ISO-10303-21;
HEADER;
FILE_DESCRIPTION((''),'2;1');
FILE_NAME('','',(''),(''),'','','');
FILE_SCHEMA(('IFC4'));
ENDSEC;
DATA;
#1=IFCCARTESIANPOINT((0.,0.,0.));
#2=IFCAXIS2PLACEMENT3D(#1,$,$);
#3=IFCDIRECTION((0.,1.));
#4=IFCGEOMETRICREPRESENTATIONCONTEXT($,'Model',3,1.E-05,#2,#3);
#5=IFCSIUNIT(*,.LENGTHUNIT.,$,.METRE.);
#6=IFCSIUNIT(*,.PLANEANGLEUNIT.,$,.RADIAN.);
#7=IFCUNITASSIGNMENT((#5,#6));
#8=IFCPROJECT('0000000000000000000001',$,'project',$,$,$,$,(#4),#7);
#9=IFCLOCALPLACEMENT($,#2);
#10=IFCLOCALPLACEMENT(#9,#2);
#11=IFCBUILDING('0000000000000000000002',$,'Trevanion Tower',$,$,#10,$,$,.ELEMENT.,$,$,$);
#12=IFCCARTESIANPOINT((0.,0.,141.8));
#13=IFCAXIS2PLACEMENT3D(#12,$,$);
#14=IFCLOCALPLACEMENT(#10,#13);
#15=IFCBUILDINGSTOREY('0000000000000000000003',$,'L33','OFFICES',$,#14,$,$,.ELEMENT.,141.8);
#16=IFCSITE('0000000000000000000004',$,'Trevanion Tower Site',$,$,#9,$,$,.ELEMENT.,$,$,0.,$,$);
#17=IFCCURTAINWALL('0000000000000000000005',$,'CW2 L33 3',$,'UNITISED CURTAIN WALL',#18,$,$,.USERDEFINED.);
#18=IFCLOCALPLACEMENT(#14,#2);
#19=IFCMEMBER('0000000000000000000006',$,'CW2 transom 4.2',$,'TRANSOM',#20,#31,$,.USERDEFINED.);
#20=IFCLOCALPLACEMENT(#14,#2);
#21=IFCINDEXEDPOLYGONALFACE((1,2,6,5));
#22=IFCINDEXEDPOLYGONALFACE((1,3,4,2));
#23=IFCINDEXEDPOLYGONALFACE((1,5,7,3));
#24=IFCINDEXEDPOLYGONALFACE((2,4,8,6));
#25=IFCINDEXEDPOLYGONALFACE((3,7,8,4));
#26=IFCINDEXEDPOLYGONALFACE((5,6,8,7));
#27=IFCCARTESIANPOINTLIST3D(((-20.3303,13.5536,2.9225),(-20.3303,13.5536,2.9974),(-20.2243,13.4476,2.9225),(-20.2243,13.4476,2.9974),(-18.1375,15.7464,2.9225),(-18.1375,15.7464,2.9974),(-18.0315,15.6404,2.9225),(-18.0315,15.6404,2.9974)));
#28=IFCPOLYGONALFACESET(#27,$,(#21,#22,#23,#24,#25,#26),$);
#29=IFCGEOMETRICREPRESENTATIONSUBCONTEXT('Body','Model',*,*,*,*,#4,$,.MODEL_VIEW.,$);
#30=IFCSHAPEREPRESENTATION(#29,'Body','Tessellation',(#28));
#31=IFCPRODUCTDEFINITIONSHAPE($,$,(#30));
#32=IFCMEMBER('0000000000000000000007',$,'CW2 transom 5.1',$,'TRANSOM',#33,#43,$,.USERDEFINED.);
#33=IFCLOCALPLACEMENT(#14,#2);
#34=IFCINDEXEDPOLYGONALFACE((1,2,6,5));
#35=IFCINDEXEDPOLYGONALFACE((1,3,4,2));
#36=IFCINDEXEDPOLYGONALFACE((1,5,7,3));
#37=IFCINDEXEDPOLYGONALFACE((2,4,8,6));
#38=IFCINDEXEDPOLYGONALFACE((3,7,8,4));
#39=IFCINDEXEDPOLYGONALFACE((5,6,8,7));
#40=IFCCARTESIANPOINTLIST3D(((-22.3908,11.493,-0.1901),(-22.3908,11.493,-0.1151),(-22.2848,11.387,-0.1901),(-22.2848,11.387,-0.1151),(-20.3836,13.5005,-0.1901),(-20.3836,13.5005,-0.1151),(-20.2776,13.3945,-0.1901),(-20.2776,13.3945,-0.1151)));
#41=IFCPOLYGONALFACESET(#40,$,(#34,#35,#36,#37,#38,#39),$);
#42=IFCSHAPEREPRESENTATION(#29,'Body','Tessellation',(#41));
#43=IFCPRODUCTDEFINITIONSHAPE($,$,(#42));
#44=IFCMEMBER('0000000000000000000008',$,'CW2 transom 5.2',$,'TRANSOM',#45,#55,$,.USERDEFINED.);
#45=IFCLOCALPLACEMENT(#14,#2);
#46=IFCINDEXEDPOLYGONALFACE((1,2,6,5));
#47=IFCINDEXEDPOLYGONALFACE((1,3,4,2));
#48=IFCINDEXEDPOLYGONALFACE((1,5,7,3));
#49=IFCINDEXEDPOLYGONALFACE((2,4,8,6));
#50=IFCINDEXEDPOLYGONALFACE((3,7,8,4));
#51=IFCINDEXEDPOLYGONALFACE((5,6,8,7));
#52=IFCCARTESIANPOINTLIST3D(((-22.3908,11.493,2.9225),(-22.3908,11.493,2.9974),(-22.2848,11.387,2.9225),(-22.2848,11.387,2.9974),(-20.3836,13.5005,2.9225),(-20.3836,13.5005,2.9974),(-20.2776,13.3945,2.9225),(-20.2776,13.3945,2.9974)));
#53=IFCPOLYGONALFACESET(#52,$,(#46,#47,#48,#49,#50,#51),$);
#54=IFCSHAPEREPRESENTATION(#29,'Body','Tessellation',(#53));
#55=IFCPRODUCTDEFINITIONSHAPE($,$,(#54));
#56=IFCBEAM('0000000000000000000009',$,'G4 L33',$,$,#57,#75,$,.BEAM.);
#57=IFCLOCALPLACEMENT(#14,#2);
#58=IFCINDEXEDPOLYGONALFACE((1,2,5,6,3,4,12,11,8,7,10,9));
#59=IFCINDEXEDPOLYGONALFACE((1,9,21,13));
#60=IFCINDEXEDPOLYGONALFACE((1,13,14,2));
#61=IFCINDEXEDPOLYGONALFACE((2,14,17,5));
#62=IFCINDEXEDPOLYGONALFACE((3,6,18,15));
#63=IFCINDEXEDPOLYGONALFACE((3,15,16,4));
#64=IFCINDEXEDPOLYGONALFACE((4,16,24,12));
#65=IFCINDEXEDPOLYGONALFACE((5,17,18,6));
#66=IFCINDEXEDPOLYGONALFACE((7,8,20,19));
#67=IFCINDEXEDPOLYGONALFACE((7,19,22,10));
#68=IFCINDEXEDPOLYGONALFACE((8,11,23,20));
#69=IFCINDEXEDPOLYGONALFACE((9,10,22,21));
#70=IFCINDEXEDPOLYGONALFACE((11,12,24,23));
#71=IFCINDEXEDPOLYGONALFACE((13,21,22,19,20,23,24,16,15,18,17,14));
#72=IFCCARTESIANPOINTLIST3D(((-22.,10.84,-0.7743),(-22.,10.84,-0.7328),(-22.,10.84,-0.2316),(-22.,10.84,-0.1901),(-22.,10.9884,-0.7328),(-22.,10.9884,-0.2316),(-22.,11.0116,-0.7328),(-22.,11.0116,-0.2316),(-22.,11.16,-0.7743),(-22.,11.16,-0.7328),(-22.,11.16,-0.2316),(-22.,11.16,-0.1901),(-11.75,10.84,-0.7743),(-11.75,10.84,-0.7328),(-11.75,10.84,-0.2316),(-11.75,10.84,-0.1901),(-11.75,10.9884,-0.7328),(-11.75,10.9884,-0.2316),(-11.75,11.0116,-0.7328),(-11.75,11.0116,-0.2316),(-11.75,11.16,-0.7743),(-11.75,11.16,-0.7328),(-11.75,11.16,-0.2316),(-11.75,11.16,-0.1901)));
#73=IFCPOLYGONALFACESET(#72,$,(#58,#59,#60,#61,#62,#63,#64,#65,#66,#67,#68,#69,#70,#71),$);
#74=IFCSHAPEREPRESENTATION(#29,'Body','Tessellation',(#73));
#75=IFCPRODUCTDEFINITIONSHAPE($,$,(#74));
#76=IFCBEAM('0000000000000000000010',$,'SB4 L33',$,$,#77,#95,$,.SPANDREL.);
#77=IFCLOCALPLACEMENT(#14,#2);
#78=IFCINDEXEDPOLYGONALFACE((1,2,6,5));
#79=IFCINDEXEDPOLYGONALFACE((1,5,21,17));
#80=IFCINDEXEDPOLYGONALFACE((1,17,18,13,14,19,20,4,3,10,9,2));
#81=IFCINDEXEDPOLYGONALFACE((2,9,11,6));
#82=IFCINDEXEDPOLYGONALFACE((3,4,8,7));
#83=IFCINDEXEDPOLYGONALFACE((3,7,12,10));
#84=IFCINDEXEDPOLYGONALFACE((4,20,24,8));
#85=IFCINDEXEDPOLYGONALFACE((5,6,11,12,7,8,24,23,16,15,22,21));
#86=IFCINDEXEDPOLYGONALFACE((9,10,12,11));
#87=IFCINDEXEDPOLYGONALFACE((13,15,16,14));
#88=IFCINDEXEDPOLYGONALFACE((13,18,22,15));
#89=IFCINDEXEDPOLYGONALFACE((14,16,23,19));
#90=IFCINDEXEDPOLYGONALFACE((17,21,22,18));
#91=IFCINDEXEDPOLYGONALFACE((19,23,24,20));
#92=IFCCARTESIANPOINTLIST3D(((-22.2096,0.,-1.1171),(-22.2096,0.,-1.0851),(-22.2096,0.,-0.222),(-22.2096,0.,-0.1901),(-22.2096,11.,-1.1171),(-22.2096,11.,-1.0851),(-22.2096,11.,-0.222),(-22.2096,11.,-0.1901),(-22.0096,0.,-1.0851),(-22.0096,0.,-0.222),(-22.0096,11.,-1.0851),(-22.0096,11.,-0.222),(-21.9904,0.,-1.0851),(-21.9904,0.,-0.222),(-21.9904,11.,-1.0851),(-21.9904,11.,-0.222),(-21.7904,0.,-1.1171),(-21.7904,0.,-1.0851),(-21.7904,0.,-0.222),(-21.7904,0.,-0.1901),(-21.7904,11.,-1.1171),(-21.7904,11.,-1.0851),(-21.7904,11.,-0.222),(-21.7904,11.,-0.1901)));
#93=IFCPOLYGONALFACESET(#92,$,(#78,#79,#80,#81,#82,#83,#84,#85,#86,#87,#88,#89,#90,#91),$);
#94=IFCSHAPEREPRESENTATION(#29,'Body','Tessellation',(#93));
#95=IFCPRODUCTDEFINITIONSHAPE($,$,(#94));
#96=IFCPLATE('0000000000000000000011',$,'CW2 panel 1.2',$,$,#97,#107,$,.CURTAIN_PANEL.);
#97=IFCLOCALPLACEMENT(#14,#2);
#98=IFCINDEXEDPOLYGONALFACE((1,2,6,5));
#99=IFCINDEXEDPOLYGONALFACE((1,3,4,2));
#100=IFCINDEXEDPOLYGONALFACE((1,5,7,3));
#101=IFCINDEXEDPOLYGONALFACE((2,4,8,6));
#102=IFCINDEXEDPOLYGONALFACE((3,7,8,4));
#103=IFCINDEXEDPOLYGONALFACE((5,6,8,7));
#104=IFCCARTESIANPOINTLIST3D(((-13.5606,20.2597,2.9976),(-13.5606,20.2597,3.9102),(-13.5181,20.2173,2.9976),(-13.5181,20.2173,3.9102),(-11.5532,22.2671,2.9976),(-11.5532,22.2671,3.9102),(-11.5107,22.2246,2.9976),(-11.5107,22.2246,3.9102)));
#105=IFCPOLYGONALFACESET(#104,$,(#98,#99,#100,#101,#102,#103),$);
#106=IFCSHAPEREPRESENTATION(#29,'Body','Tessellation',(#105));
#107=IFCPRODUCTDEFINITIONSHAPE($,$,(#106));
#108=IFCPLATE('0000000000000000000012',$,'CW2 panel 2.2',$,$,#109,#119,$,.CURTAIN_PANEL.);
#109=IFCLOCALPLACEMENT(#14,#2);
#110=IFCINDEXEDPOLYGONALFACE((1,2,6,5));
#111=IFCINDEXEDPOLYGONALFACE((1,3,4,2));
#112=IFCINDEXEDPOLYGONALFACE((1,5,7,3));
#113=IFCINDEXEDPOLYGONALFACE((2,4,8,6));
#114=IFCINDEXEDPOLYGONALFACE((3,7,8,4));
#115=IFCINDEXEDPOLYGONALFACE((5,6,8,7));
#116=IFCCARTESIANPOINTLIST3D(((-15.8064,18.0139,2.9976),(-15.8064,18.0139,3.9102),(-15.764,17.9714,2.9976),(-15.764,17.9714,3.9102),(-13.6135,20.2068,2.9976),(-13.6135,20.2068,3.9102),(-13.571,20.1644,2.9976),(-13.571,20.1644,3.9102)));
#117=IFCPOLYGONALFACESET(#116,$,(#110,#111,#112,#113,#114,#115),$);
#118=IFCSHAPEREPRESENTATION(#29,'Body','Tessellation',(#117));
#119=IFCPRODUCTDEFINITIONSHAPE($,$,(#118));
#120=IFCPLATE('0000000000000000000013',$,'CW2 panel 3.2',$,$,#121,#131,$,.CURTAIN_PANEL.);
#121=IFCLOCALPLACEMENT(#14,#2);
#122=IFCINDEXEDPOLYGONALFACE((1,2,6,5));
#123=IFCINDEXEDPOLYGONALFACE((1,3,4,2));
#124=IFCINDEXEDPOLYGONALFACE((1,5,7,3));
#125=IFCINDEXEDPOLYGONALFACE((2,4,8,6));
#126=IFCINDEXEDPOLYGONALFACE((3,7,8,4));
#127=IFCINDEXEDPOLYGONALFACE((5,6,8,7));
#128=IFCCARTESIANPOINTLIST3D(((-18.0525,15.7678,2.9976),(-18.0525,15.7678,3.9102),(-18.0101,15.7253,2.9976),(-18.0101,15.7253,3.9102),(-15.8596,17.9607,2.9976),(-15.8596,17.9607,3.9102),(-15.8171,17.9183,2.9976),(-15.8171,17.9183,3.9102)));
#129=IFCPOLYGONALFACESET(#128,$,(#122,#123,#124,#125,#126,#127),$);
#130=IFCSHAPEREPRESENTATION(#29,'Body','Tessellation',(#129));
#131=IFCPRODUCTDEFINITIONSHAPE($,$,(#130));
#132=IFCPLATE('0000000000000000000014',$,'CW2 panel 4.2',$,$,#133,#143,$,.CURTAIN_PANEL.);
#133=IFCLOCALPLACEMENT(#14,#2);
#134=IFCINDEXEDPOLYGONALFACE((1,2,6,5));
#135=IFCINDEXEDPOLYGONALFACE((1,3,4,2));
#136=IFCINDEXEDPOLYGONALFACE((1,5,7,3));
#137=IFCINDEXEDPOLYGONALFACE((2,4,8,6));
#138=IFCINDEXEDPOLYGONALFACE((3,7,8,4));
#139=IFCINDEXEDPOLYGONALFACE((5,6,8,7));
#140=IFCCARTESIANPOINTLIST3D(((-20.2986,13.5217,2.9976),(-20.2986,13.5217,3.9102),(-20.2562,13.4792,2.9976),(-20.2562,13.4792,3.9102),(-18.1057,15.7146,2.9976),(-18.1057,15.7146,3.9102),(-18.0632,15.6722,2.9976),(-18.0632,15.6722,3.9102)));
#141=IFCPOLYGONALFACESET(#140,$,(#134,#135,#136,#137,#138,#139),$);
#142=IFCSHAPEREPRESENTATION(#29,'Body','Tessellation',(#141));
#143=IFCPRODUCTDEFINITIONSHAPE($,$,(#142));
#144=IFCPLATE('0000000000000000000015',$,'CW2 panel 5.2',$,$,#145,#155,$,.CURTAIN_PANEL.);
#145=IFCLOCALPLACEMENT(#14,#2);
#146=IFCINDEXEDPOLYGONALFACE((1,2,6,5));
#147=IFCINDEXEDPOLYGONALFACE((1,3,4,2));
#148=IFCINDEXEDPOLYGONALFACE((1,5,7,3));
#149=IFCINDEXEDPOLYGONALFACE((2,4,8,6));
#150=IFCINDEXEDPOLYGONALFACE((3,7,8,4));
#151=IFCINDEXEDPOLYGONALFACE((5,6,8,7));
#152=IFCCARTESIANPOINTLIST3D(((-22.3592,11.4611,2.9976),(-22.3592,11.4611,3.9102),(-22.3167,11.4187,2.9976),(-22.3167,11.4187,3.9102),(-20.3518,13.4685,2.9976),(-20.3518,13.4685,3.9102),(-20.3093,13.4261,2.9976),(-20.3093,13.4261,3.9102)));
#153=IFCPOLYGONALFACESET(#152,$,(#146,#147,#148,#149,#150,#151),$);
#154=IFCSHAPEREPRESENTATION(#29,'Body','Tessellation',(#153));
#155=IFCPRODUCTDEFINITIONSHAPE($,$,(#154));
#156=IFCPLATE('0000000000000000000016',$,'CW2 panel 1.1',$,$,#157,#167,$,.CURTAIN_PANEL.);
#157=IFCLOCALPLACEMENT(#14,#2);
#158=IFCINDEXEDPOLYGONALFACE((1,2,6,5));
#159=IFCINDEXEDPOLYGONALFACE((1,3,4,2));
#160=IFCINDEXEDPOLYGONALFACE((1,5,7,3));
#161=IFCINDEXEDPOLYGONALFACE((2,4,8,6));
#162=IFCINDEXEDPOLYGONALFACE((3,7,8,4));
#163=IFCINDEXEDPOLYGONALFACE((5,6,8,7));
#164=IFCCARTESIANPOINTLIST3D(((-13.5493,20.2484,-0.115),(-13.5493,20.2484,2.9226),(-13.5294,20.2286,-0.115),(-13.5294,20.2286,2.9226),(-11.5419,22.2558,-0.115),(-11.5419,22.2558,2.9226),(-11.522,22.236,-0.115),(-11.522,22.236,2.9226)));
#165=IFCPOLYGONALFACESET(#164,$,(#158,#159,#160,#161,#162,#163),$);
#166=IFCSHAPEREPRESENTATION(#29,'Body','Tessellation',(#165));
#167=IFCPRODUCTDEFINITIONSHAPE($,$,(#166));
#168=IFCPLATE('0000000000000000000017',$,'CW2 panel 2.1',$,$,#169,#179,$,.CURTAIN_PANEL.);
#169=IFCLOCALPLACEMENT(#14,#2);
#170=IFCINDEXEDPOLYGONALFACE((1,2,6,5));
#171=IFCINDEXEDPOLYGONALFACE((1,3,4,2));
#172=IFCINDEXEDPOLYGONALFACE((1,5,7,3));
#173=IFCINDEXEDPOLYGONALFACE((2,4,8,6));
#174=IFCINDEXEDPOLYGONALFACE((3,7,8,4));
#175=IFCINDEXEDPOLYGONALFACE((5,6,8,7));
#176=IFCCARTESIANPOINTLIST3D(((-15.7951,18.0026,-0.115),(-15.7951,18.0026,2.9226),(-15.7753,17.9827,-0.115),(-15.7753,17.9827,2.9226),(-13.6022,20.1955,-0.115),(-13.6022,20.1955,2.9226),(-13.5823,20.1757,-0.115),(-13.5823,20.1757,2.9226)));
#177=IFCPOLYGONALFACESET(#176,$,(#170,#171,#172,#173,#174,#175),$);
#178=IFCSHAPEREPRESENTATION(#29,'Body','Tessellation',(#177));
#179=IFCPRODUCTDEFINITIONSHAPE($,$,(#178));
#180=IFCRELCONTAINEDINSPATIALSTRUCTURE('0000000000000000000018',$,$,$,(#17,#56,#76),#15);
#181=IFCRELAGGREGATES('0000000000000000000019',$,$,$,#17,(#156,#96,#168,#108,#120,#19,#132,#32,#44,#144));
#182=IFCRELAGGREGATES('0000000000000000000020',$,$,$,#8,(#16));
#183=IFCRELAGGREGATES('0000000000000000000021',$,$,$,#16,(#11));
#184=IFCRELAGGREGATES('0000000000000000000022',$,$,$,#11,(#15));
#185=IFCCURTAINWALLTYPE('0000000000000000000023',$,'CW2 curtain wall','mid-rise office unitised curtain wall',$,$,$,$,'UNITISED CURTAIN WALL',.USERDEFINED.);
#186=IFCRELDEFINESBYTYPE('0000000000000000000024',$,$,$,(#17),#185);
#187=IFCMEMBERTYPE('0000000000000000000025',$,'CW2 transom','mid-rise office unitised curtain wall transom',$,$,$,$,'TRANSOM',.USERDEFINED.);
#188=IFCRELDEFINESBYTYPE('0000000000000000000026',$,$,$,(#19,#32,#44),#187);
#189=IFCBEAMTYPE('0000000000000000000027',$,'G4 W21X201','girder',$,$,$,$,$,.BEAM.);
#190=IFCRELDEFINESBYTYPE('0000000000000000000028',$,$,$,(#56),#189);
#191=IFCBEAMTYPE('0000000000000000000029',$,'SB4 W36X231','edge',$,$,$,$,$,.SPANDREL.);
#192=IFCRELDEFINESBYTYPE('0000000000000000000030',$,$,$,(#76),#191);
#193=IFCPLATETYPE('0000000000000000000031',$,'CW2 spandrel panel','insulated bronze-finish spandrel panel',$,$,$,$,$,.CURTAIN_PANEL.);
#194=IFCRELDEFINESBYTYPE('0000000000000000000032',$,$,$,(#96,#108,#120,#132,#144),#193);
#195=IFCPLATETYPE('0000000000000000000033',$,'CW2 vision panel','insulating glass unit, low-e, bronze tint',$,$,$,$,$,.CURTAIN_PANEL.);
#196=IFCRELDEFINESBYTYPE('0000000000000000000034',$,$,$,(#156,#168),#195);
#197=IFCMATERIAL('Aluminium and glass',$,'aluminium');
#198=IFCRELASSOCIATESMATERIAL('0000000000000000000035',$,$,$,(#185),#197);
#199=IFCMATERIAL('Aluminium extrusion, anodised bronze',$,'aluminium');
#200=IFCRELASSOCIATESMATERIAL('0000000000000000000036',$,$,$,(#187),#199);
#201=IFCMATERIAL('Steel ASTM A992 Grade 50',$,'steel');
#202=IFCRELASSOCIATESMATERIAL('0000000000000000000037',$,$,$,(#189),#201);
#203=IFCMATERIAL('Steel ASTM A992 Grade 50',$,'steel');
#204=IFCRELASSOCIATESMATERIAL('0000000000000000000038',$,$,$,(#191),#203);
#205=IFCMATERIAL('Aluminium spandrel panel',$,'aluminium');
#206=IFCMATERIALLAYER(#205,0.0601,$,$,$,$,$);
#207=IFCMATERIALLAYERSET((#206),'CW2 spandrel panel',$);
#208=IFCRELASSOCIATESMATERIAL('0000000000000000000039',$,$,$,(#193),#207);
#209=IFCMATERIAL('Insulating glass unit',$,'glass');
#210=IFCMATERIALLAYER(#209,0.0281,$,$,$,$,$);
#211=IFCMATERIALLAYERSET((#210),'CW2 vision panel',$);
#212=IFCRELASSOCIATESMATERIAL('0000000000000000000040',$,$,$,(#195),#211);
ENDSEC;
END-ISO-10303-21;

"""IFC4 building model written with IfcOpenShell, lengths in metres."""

from ifc_helpers import new_model, si_unit, direction, frame, origin, origin_2d, place, context, subcontext, project, spatial, rectangle, i_section, extrude, material, layer, layer_set, material_profile, profile_set, type_object, element, aggregate, save


model = new_model("IFC4")

# Units and contexts
model_context = context("Model", 3, precision=1e-05, world=origin(), true_north=direction((0.0, 1.0)))
body_context = subcontext(model_context, "Body", "Model", "MODEL_VIEW")
ifc_project = project(units=[si_unit("LENGTHUNIT", "METRE"), si_unit("PLANEANGLEUNIT", "RADIAN")], contexts=[model_context])

# Site, building, storey
site_placement = place(None, origin())
site = spatial("IfcSite", under=ifc_project, at=site_placement, Name="Trevanion Tower Site", CompositionType="ELEMENT", RefElevation=0.0)
building_placement = place(site_placement, origin())
building = spatial("IfcBuilding", under=site, at=building_placement, Name="Trevanion Tower", CompositionType="ELEMENT")
storey_placement = place(building_placement, frame((0.0, 0.0, 141.8)))
storey = spatial("IfcBuildingStorey", under=building, at=storey_placement, Name="L33", Description="OFFICES", CompositionType="ELEMENT", Elevation=141.8)

# Curtain wall, members
ifc_material_1 = material(Name="Aluminium and glass", Category="aluminium")
curtain_wall_type = type_object("IfcCurtainWallType", Name="CW2 curtain wall", Description="mid-rise office unitised curtain wall", ElementType="UNITISED CURTAIN WALL", PredefinedType="USERDEFINED", material=ifc_material_1)
curtain_wall_placement = place(storey_placement, origin())
curtain_wall = element("IfcCurtainWall", 1, at=curtain_wall_placement, inside=storey, type_object=curtain_wall_type, Name="CW2 L33 3", ObjectType="UNITISED CURTAIN WALL", PredefinedType="USERDEFINED")
ifc_material_2 = material(Name="Aluminium extrusion, anodised bronze", Category="aluminium")
ifc_material_profile_1 = material_profile(ifc_material_2, rectangle(XDim=0.1499, YDim=0.075, at=origin_2d()), Name="CW2 transom")
ifc_profile_set_1 = profile_set([ifc_material_profile_1], Name="Aluminium extrusion, anodised bronze")
member_type_1 = type_object("IfcMemberType", Name="CW2 transom", Description="mid-rise office unitised curtain wall transom", ElementType="TRANSOM", PredefinedType="USERDEFINED", material=ifc_profile_set_1)
member_1_placement = place(storey_placement, frame((-18.0845, 15.6934, 2.96), z_axis=(-0.707107, -0.707107, 0.0), x_axis=(0.707107, -0.707107, 0.0)))
member_1 = element("IfcMember", 2, at=member_1_placement, type_object=member_type_1, Name="CW2 transom 4.2", ObjectType="TRANSOM", PredefinedType="USERDEFINED", context=body_context, shape_type="SweptSolid", body=[
    extrude(rectangle(XDim=0.1499, YDim=0.075, at=origin_2d()), origin(), (0.0, 0.0, 1.0), 3.1011),
])
member_2_placement = place(storey_placement, frame((-20.3306, 13.4475, -0.1526), z_axis=(-0.707064, -0.70715, 0.0), x_axis=(0.70715, -0.707064, 0.0)))
member_2 = element("IfcMember", 3, at=member_2_placement, type_object=member_type_1, Name="CW2 transom 5.1", ObjectType="TRANSOM", PredefinedType="USERDEFINED", context=body_context, shape_type="SweptSolid", body=[
    extrude(rectangle(XDim=0.1499, YDim=0.075, at=origin_2d()), origin(), (0.0, 0.0, 1.0), 2.8389),
])
member_3_placement = place(storey_placement, frame((-20.3306, 13.4475, 2.96), z_axis=(-0.707064, -0.70715, 0.0), x_axis=(0.70715, -0.707064, 0.0)))
member_3 = element("IfcMember", 4, at=member_3_placement, type_object=member_type_1, Name="CW2 transom 5.2", ObjectType="TRANSOM", PredefinedType="USERDEFINED", context=body_context, shape_type="SweptSolid", body=[
    extrude(rectangle(XDim=0.1499, YDim=0.075, at=origin_2d()), origin(), (0.0, 0.0, 1.0), 2.8389),
])

# Beams
ifc_material_3 = material(Name="Steel ASTM A992 Grade 50", Category="steel")
ifc_material_profile_2 = material_profile(ifc_material_3, i_section(OverallWidth=0.3201, OverallDepth=0.5842, WebThickness=0.0232, FlangeThickness=0.0415, at=origin_2d()), Name="W21X201")
ifc_profile_set_2 = profile_set([ifc_material_profile_2], Name="Steel ASTM A992 Grade 50")
beam_type_1 = type_object("IfcBeamType", Name="G4 W21X201", Description="girder", PredefinedType="BEAM", material=ifc_profile_set_2)
beam_1_placement = place(storey_placement, frame((-11.75, 11.0, -0.4822), z_axis=(-1.0, 0.0, 0.0), x_axis=(0.0, -1.0, 0.0)))
element("IfcBeam", 5, at=beam_1_placement, inside=storey, type_object=beam_type_1, Name="G4 L33", PredefinedType="BEAM", context=body_context, shape_type="SweptSolid", body=[
    extrude(i_section(OverallWidth=0.3201, OverallDepth=0.5842, WebThickness=0.0232, FlangeThickness=0.0415, at=origin_2d()), origin(), (0.0, 0.0, 1.0), 10.25),
])
ifc_material_4 = material(Name="Steel ASTM A992 Grade 50", Category="steel")
ifc_material_profile_3 = material_profile(ifc_material_4, i_section(OverallWidth=0.4192, OverallDepth=0.927, WebThickness=0.0193, FlangeThickness=0.032, at=origin_2d()), Name="W36X231")
ifc_profile_set_3 = profile_set([ifc_material_profile_3], Name="Steel ASTM A992 Grade 50")
beam_type_2 = type_object("IfcBeamType", Name="SB4 W36X231", Description="edge", PredefinedType="SPANDREL", material=ifc_profile_set_3)
beam_2_placement = place(storey_placement, frame((-22.0, 11.0, -0.6536), z_axis=(0.0, -1.0, 0.0), x_axis=(1.0, 0.0, 0.0)))
element("IfcBeam", 6, at=beam_2_placement, inside=storey, type_object=beam_type_2, Name="SB4 L33", PredefinedType="SPANDREL", context=body_context, shape_type="SweptSolid", body=[
    extrude(i_section(OverallWidth=0.4192, OverallDepth=0.927, WebThickness=0.0193, FlangeThickness=0.032, at=origin_2d()), origin(), (0.0, 0.0, 1.0), 11.0),
])

# Plates
ifc_material_5 = material(Name="Aluminium spandrel panel", Category="aluminium")
ifc_layer_1 = layer(ifc_material_5, 0.0601)
ifc_layer_set_1 = layer_set([ifc_layer_1], Name="CW2 spandrel panel")
plate_type_1 = type_object("IfcPlateType", Name="CW2 spandrel panel", Description="insulated bronze-finish spandrel panel", PredefinedType="CURTAIN_PANEL", material=ifc_layer_set_1)
plate_1_placement = place(storey_placement, frame((-12.5356, 21.2422, 2.9976), z_axis=(0.0, 0.0, 1.0), x_axis=(-0.707107, -0.707107, 0.0)))
plate_1 = element("IfcPlate", 7, at=plate_1_placement, type_object=plate_type_1, Name="CW2 panel 1.2", PredefinedType="CURTAIN_PANEL", context=body_context, shape_type="SweptSolid", body=[
    extrude(rectangle(XDim=2.8389, YDim=0.0601, at=origin_2d()), origin(), (0.0, 0.0, 1.0), 0.9126),
])
plate_2_placement = place(storey_placement, frame((-14.6887, 19.0891, 2.9976), z_axis=(0.0, 0.0, 1.0), x_axis=(-0.707107, -0.707107, 0.0)))
plate_2 = element("IfcPlate", 8, at=plate_2_placement, type_object=plate_type_1, Name="CW2 panel 2.2", PredefinedType="CURTAIN_PANEL", context=body_context, shape_type="SweptSolid", body=[
    extrude(rectangle(XDim=3.1013, YDim=0.0601, at=origin_2d()), origin(), (0.0, 0.0, 1.0), 0.9126),
])
plate_3_placement = place(storey_placement, frame((-16.9348, 16.843, 2.9976), z_axis=(0.0, 0.0, 1.0), x_axis=(-0.707107, -0.707107, 0.0)))
plate_3 = element("IfcPlate", 9, at=plate_3_placement, type_object=plate_type_1, Name="CW2 panel 3.2", PredefinedType="CURTAIN_PANEL", context=body_context, shape_type="SweptSolid", body=[
    extrude(rectangle(XDim=3.1013, YDim=0.0601, at=origin_2d()), origin(), (0.0, 0.0, 1.0), 0.9126),
])
plate_4_placement = place(storey_placement, frame((-19.1809, 14.5969, 2.9976), z_axis=(0.0, 0.0, 1.0), x_axis=(-0.707107, -0.707107, 0.0)))
plate_4 = element("IfcPlate", 10, at=plate_4_placement, type_object=plate_type_1, Name="CW2 panel 4.2", PredefinedType="CURTAIN_PANEL", context=body_context, shape_type="SweptSolid", body=[
    extrude(rectangle(XDim=3.1013, YDim=0.0601, at=origin_2d()), origin(), (0.0, 0.0, 1.0), 0.9126),
])
plate_5_placement = place(storey_placement, frame((-21.3342, 12.4436, 2.9976), z_axis=(0.0, 0.0, 1.0), x_axis=(-0.707107, -0.707107, 0.0)))
plate_5 = element("IfcPlate", 11, at=plate_5_placement, type_object=plate_type_1, Name="CW2 panel 5.2", PredefinedType="CURTAIN_PANEL", context=body_context, shape_type="SweptSolid", body=[
    extrude(rectangle(XDim=2.8389, YDim=0.0601, at=origin_2d()), origin(), (0.0, 0.0, 1.0), 0.9126),
])
ifc_material_6 = material(Name="Insulating glass unit", Category="glass")
ifc_layer_2 = layer(ifc_material_6, 0.0281)
ifc_layer_set_2 = layer_set([ifc_layer_2], Name="CW2 vision panel")
plate_type_2 = type_object("IfcPlateType", Name="CW2 vision panel", Description="insulating glass unit, low-e, bronze tint", PredefinedType="CURTAIN_PANEL", material=ifc_layer_set_2)
plate_6_placement = place(storey_placement, frame((-12.5356, 21.2422, -0.115), z_axis=(0.0, 0.0, 1.0), x_axis=(-0.707107, -0.707107, 0.0)))
plate_6 = element("IfcPlate", 12, at=plate_6_placement, type_object=plate_type_2, Name="CW2 panel 1.1", PredefinedType="CURTAIN_PANEL", context=body_context, shape_type="SweptSolid", body=[
    extrude(rectangle(XDim=2.8389, YDim=0.0281, at=origin_2d()), origin(), (0.0, 0.0, 1.0), 3.0376),
])
plate_7_placement = place(storey_placement, frame((-14.6887, 19.0891, -0.115), z_axis=(0.0, 0.0, 1.0), x_axis=(-0.707107, -0.707107, 0.0)))
plate_7 = element("IfcPlate", 13, at=plate_7_placement, type_object=plate_type_2, Name="CW2 panel 2.1", PredefinedType="CURTAIN_PANEL", context=body_context, shape_type="SweptSolid", body=[
    extrude(rectangle(XDim=3.1013, YDim=0.0281, at=origin_2d()), origin(), (0.0, 0.0, 1.0), 3.0376),
])
aggregate(curtain_wall, [plate_6, plate_1, plate_7, plate_2, plate_3, member_1, plate_4, member_2, member_3, plate_5])

save(model, "model.ifc")
